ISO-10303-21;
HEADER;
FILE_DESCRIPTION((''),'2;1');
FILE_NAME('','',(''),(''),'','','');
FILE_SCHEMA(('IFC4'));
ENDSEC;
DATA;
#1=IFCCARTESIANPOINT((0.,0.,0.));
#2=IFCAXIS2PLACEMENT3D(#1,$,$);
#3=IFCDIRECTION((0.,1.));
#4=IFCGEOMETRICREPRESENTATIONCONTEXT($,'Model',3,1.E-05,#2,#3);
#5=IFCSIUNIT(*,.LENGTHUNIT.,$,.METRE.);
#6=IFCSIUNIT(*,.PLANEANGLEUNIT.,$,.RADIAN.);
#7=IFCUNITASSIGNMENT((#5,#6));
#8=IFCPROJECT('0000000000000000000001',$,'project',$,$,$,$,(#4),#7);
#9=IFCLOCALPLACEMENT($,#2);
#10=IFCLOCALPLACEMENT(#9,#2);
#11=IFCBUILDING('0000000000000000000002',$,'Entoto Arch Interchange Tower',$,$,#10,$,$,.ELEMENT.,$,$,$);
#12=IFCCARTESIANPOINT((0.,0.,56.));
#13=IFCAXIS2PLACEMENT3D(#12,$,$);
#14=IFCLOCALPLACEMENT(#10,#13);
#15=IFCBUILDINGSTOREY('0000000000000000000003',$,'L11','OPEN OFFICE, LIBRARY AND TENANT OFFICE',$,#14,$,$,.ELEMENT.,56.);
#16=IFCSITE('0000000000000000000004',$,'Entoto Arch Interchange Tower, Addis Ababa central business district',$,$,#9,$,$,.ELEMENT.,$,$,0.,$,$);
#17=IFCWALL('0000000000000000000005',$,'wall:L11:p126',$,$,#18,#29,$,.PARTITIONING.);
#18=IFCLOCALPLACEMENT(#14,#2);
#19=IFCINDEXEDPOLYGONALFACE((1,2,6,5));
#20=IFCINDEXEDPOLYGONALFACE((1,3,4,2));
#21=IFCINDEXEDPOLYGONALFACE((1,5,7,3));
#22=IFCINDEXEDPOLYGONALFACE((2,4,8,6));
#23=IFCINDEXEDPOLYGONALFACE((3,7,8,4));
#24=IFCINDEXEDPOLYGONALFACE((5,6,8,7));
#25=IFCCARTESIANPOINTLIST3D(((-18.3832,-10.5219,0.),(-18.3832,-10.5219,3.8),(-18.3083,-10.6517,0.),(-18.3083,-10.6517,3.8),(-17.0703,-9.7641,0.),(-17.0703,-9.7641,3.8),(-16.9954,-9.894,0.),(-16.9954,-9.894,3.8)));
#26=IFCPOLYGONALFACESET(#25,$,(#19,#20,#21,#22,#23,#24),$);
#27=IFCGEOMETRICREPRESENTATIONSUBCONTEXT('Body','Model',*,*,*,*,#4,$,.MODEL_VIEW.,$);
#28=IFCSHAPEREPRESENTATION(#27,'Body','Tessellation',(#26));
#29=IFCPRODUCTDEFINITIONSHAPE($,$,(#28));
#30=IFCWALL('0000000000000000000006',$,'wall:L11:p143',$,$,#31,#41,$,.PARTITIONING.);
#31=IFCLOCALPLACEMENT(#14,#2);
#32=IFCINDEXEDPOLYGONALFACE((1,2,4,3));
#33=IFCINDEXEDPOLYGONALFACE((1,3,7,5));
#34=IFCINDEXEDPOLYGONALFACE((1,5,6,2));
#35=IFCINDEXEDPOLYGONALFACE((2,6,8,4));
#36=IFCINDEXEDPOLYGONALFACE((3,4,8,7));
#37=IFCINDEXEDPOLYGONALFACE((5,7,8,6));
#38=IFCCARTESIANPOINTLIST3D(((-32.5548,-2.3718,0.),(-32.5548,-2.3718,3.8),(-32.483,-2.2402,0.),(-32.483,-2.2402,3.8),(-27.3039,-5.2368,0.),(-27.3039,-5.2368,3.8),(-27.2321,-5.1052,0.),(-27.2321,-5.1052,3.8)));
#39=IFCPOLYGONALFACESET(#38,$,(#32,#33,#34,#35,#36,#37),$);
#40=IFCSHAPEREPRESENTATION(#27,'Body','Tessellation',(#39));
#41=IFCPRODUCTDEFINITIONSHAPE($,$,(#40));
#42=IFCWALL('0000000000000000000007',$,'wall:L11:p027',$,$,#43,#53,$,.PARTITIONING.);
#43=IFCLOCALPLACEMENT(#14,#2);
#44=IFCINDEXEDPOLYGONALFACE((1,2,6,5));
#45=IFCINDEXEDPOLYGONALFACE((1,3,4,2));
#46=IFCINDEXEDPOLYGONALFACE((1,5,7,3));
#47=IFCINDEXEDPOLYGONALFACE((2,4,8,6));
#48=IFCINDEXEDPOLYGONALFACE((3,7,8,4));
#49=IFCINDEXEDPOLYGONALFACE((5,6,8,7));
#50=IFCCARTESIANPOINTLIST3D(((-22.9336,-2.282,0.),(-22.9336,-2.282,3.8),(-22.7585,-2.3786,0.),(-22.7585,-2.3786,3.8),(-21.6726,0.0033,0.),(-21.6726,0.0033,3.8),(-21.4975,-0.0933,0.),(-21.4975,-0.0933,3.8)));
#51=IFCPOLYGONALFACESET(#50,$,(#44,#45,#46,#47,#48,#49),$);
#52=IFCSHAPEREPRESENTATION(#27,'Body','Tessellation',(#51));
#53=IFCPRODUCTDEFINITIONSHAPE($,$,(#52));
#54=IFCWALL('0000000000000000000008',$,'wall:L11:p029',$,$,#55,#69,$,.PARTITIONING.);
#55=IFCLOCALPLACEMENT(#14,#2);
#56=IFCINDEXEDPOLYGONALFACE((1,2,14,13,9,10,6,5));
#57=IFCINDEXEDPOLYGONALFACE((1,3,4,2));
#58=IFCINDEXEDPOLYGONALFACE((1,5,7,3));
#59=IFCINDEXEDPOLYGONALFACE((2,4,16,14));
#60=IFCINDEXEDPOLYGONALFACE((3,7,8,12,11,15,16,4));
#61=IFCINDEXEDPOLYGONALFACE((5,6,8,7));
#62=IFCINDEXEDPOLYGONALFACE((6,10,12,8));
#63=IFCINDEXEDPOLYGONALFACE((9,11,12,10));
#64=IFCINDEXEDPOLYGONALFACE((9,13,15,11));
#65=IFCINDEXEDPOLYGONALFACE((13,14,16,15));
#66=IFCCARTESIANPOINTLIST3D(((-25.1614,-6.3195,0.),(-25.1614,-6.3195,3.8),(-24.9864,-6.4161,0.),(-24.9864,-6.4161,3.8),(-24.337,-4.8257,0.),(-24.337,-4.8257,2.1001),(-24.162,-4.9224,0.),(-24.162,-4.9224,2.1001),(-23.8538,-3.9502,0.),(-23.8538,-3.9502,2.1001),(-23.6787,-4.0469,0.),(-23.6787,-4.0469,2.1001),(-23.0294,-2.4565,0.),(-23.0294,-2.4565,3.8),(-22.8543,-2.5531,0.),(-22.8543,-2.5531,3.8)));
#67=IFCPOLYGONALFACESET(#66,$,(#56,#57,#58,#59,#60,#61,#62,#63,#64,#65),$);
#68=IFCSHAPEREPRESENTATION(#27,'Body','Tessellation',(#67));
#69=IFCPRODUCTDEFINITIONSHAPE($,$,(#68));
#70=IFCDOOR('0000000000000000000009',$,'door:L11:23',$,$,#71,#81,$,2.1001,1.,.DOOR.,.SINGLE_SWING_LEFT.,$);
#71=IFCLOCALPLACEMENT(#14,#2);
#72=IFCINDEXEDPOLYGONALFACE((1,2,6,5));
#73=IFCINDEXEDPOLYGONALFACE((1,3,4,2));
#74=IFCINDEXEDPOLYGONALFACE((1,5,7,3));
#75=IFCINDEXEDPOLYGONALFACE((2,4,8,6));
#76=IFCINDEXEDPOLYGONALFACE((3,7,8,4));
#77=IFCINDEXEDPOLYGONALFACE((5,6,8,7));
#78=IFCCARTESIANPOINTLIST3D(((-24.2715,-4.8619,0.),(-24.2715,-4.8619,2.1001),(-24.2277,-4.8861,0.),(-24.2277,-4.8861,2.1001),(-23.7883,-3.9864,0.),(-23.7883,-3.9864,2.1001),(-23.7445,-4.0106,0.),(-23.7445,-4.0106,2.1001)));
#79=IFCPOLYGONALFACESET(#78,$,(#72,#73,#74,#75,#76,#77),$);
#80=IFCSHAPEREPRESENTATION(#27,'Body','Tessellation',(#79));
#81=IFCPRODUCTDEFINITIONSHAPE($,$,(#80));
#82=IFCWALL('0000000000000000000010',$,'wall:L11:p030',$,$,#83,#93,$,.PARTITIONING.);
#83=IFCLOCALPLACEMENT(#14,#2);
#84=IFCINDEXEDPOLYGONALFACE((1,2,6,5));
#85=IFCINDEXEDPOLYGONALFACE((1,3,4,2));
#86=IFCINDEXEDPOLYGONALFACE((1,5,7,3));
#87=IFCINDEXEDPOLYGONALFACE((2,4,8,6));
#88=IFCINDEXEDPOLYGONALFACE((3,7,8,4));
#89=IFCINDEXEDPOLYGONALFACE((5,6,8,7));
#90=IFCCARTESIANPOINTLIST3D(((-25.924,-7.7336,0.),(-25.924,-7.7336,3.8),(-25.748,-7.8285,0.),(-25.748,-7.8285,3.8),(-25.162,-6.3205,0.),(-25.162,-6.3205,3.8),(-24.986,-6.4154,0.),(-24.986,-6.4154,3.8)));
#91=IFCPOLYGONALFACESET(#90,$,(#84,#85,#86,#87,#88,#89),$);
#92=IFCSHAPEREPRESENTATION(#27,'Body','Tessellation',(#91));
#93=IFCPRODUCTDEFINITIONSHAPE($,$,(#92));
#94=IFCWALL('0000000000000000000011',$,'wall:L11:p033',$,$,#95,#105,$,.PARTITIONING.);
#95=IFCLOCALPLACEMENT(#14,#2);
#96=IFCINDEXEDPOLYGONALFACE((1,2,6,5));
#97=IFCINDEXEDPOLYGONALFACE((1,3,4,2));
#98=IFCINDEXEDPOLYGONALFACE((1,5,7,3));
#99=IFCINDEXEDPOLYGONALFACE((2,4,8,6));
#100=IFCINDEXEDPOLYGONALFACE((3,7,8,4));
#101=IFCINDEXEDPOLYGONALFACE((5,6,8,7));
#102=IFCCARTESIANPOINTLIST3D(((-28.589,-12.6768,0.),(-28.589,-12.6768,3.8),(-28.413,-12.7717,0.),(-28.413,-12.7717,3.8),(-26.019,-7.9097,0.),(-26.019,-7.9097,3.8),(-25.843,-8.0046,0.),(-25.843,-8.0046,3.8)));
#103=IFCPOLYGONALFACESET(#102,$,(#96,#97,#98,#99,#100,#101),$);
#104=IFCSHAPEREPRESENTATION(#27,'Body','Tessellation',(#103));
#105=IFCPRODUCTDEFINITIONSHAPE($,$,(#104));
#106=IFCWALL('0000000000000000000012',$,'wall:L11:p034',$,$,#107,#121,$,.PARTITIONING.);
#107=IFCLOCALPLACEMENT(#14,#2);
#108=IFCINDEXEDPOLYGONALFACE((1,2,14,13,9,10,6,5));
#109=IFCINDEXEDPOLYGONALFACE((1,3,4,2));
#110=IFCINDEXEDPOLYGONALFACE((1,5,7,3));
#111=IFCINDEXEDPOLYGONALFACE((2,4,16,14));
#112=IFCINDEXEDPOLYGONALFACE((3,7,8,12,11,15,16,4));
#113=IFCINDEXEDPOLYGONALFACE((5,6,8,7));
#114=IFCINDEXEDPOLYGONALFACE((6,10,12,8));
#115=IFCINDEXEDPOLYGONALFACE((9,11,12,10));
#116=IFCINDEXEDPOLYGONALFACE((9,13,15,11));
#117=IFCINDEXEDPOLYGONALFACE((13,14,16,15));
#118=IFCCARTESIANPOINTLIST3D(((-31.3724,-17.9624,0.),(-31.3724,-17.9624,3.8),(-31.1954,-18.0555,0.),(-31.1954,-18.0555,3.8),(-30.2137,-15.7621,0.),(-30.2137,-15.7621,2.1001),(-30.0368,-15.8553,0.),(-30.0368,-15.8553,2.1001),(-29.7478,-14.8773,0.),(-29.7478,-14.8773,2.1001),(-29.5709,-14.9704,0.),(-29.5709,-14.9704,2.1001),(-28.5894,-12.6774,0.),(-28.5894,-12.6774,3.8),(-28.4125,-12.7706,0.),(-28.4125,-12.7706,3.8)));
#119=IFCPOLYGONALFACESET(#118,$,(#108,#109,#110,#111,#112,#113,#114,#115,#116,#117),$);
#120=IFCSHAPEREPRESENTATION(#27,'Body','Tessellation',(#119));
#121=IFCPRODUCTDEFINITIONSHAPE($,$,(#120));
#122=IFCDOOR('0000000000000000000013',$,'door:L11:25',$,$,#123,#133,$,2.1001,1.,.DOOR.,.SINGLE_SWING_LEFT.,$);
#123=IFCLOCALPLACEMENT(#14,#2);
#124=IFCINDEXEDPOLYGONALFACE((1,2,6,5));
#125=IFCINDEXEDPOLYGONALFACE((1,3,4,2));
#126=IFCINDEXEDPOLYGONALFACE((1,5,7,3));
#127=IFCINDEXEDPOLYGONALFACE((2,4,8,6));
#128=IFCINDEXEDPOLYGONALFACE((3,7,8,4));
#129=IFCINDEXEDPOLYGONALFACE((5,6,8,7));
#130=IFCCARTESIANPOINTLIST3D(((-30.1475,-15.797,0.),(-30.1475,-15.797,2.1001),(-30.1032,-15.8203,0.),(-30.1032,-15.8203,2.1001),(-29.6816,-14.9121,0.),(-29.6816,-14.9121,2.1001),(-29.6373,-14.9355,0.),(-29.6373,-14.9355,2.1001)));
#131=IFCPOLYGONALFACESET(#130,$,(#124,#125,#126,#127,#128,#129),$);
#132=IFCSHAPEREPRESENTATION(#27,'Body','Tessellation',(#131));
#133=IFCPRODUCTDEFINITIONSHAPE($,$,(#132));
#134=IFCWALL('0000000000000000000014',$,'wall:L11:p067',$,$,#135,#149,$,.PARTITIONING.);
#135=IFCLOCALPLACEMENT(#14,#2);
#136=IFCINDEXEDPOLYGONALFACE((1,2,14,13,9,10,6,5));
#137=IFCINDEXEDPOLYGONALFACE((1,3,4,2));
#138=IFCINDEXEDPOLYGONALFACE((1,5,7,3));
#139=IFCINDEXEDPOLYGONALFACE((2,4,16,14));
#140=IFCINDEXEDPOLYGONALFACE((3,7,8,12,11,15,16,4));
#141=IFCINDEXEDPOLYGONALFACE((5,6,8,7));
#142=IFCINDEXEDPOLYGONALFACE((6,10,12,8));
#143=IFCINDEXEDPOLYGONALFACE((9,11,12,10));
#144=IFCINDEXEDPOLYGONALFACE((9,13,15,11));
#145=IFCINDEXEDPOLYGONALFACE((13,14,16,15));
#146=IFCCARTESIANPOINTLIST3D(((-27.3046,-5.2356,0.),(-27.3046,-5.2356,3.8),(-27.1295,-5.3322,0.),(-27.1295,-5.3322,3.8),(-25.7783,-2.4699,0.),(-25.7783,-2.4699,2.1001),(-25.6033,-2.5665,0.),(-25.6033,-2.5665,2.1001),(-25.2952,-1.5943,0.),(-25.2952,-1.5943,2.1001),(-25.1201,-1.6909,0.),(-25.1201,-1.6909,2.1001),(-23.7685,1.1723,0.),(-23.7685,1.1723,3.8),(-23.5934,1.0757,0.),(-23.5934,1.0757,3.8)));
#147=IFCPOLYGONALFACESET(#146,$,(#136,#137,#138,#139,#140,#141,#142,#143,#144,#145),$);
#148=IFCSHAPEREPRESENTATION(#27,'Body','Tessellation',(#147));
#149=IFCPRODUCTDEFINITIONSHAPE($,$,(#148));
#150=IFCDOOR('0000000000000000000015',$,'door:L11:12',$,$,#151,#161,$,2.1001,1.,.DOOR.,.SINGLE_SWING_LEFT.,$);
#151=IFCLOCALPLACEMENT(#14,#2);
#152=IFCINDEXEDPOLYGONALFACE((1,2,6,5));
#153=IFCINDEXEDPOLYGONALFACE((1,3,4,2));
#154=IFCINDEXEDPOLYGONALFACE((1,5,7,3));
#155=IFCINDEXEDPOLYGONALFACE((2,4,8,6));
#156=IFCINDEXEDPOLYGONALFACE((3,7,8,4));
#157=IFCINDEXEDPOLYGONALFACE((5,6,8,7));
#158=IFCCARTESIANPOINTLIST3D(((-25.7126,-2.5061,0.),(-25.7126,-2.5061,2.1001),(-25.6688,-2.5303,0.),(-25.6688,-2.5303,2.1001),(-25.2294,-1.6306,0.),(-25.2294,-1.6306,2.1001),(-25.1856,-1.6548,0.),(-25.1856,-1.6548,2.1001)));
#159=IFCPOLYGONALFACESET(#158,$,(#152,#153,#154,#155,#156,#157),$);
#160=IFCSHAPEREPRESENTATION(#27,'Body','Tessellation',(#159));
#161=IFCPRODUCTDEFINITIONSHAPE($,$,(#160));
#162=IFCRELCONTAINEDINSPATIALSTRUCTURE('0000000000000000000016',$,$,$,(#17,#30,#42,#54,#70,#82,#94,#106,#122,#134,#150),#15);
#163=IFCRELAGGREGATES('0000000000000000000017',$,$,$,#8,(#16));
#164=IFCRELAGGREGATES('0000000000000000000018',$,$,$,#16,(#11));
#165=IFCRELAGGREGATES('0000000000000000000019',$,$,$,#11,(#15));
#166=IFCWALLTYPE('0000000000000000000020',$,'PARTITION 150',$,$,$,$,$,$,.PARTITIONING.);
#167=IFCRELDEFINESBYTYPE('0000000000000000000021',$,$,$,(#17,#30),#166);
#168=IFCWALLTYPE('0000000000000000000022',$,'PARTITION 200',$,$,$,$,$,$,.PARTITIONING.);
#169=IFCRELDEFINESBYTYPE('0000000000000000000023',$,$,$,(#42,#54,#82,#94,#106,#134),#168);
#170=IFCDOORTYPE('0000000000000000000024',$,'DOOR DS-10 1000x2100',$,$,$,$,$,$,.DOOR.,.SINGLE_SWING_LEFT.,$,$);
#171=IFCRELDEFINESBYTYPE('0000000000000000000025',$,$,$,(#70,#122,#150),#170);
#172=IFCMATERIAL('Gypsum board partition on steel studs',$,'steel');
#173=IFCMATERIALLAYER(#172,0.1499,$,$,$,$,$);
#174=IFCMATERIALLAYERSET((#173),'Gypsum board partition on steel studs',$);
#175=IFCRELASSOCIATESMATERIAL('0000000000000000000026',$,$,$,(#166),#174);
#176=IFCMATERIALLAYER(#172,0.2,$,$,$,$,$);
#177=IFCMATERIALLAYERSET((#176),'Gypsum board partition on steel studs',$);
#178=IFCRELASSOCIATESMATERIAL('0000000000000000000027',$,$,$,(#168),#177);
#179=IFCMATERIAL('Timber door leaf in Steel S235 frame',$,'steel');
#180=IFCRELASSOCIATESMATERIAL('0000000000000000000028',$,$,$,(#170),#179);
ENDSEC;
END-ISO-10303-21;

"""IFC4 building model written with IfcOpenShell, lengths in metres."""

from ifc_helpers import new_model, si_unit, direction, frame, frame_2d, origin, place, context, subcontext, project, spatial, rectangle, extrude, material, layer, layer_set, type_object, element, fill, save


model = new_model("IFC4")

# Units and contexts
model_context = context("Model", 3, precision=1e-05, world=origin(), true_north=direction((0.0, 1.0)))
body_context = subcontext(model_context, "Body", "Model", "MODEL_VIEW")
ifc_project = project(units=[si_unit("LENGTHUNIT", "METRE"), si_unit("PLANEANGLEUNIT", "RADIAN")], contexts=[model_context])

# Site, building, storey
site_placement = place(None, origin())
site = spatial("IfcSite", under=ifc_project, at=site_placement, Name="Entoto Arch Interchange Tower, Addis Ababa central business district", CompositionType="ELEMENT", RefElevation=0.0)
building_placement = place(site_placement, origin())
building = spatial("IfcBuilding", under=site, at=building_placement, Name="Entoto Arch Interchange Tower", CompositionType="ELEMENT")
storey_placement = place(building_placement, frame((0.0, 0.0, 56.0)))
storey = spatial("IfcBuildingStorey", under=building, at=storey_placement, Name="L11", Description="OPEN OFFICE, LIBRARY AND TENANT OFFICE", CompositionType="ELEMENT", Elevation=56.0)

# Walls
ifc_material_1 = material(Name="Gypsum board partition on steel studs", Category="steel")
ifc_layer_1 = layer(ifc_material_1, 0.1499)
ifc_layer_set_1 = layer_set([ifc_layer_1], Name="Gypsum board partition on steel studs")
wall_type_1 = type_object("IfcWallType", Name="PARTITION 150", PredefinedType="PARTITIONING", material=ifc_layer_set_1)
wall_1_placement = place(storey_placement, frame((-17.033, -9.8291, 0.0), z_axis=(0.0, 0.0, 1.0), x_axis=(-0.866094, -0.49988, 0.0)))
element("IfcWall", 1, at=wall_1_placement, inside=storey, type_object=wall_type_1, Name="wall:L11:p126", PredefinedType="PARTITIONING", context=body_context, shape_type="SweptSolid", body=[
    extrude(rectangle(XDim=1.5159, YDim=0.1499, at=frame_2d((0.7578, 0.0))), origin(), (0.0, 0.0, 1.0), 3.8),
])
wall_2_placement = place(storey_placement, frame((-27.2681, -5.1709, 0.0), z_axis=(0.0, 0.0, 1.0), x_axis=(-0.877838, 0.478958, 0.0)))
element("IfcWall", 2, at=wall_2_placement, inside=storey, type_object=wall_type_1, Name="wall:L11:p143", PredefinedType="PARTITIONING", context=body_context, shape_type="SweptSolid", body=[
    extrude(rectangle(XDim=5.9817, YDim=0.1499, at=frame_2d((2.9907, 0.0))), origin(), (0.0, 0.0, 1.0), 3.8),
])
ifc_layer_2 = layer(ifc_material_1, 0.2)
ifc_layer_set_2 = layer_set([ifc_layer_2], Name="Gypsum board partition on steel studs")
wall_type_2 = type_object("IfcWallType", Name="PARTITION 200", PredefinedType="PARTITIONING", material=ifc_layer_set_2)
wall_3_placement = place(storey_placement, frame((-21.585, -0.0449, 0.0), z_axis=(0.0, 0.0, 1.0), x_axis=(-0.483139, -0.875544, 0.0)))
element("IfcWall", 3, at=wall_3_placement, inside=storey, type_object=wall_type_2, Name="wall:L11:p027", PredefinedType="PARTITIONING", context=body_context, shape_type="SweptSolid", body=[
    extrude(rectangle(XDim=2.6101, YDim=0.2, at=frame_2d((1.3052, 0.0))), origin(), (0.0, 0.0, 1.0), 3.8),
])

# Wall, opening, door
wall_4_placement = place(storey_placement, frame((-22.9419, -2.5049, 0.0), z_axis=(0.0, 0.0, 1.0), x_axis=(-0.483208, -0.875506, 0.0)))
wall_4 = element("IfcWall", 4, at=wall_4_placement, inside=storey, type_object=wall_type_2, Name="wall:L11:p029", PredefinedType="PARTITIONING", context=body_context, shape_type="SweptSolid", body=[
    extrude(rectangle(XDim=4.4124, YDim=0.2, at=frame_2d((2.2061, 0.0))), origin(), (0.0, 0.0, 1.0), 3.8),
])
opening_1_placement = place(wall_4_placement, frame((1.7061, 0.0, 0.0)))
opening_1 = element("IfcOpeningElement", 5, at=opening_1_placement, cuts=wall_4, PredefinedType="OPENING", context=body_context, shape_type="SweptSolid", body=[
    extrude(rectangle(XDim=1.0, YDim=2.1001, at=frame_2d((0.5, 1.05))), frame((0.0, 0.1099, 0.0), z_axis=(0.0, -1.0, 0.0), x_axis=(1.0, 0.0, 0.0)), (0.0, 0.0, 1.0), 0.22),
])
ifc_material_2 = material(Name="Timber door leaf in Steel S235 frame", Category="steel")
door_type = type_object("IfcDoorType", Name="DOOR DS-10 1000x2100", OperationType="SINGLE_SWING_LEFT", PredefinedType="DOOR", material=ifc_material_2)
door_1_placement = place(opening_1_placement, origin())
door_1 = element("IfcDoor", 6, at=door_1_placement, inside=storey, type_object=door_type, Name="door:L11:23", OperationType="SINGLE_SWING_LEFT", OverallHeight=2.1001, OverallWidth=1.0, PredefinedType="DOOR", context=body_context, shape_type="SweptSolid", body=[
    extrude(rectangle(XDim=1.0, YDim=2.1001, at=frame_2d((0.5, 1.05))), frame((0.0, 0.0249, 0.0), z_axis=(0.0, -1.0, 0.0), x_axis=(1.0, 0.0, 0.0)), (0.0, 0.0, 1.0), 0.05),
])
fill(opening_1, door_1)

# Walls
wall_5_placement = place(storey_placement, frame((-25.074, -6.3679, 0.0), z_axis=(0.0, 0.0, 1.0), x_axis=(-0.474617, -0.880193, 0.0)))
element("IfcWall", 7, at=wall_5_placement, inside=storey, type_object=wall_type_2, Name="wall:L11:p030", PredefinedType="PARTITIONING", context=body_context, shape_type="SweptSolid", body=[
    extrude(rectangle(XDim=1.6055, YDim=0.2, at=frame_2d((0.8027, 0.0))), origin(), (0.0, 0.0, 1.0), 3.8),
])
wall_6_placement = place(storey_placement, frame((-25.9309, -7.957, 0.0), z_axis=(0.0, 0.0, 1.0), x_axis=(-0.474554, -0.880226, 0.0)))
element("IfcWall", 8, at=wall_6_placement, inside=storey, type_object=wall_type_2, Name="wall:L11:p033", PredefinedType="PARTITIONING", context=body_context, shape_type="SweptSolid", body=[
    extrude(rectangle(XDim=5.4158, YDim=0.2, at=frame_2d((2.708, 0.0))), origin(), (0.0, 0.0, 1.0), 3.8),
])

# Walls, openings, doors
wall_7_placement = place(storey_placement, frame((-28.501, -12.7241, 0.0), z_axis=(0.0, 0.0, 1.0), x_axis=(-0.465933, -0.88482, 0.0)))
wall_7 = element("IfcWall", 9, at=wall_7_placement, inside=storey, type_object=wall_type_2, Name="wall:L11:p034", PredefinedType="PARTITIONING", context=body_context, shape_type="SweptSolid", body=[
    extrude(rectangle(XDim=5.9729, YDim=0.2, at=frame_2d((2.9863, 0.0))), origin(), (0.0, 0.0, 1.0), 3.8),
])
opening_2_placement = place(wall_7_placement, frame((2.4861, 0.0, 0.0)))
opening_2 = element("IfcOpeningElement", 10, at=opening_2_placement, cuts=wall_7, PredefinedType="OPENING", context=body_context, shape_type="SweptSolid", body=[
    extrude(rectangle(XDim=1.0, YDim=2.1001, at=frame_2d((0.5, 1.05))), frame((0.0, 0.1099, 0.0), z_axis=(0.0, -1.0, 0.0), x_axis=(1.0, 0.0, 0.0)), (0.0, 0.0, 1.0), 0.22),
])
door_2_placement = place(opening_2_placement, origin())
door_2 = element("IfcDoor", 11, at=door_2_placement, inside=storey, type_object=door_type, Name="door:L11:25", OperationType="SINGLE_SWING_LEFT", OverallHeight=2.1001, OverallWidth=1.0, PredefinedType="DOOR", context=body_context, shape_type="SweptSolid", body=[
    extrude(rectangle(XDim=1.0, YDim=2.1001, at=frame_2d((0.5, 1.05))), frame((0.0, 0.0249, 0.0), z_axis=(0.0, -1.0, 0.0), x_axis=(1.0, 0.0, 0.0)), (0.0, 0.0, 1.0), 0.05),
])
fill(opening_2, door_2)
wall_8_placement = place(storey_placement, frame((-27.217, -5.2839, 0.0), z_axis=(0.0, 0.0, 1.0), x_axis=(0.483151, 0.875537, 0.0)))
wall_8 = element("IfcWall", 12, at=wall_8_placement, inside=storey, type_object=wall_type_2, Name="wall:L11:p067", PredefinedType="PARTITIONING", context=body_context, shape_type="SweptSolid", body=[
    extrude(rectangle(XDim=7.3188, YDim=0.2, at=frame_2d((3.6594, 0.0))), origin(), (0.0, 0.0, 1.0), 3.8),
])
opening_3_placement = place(wall_8_placement, frame((3.1589, 0.0, 0.0)))
opening_3 = element("IfcOpeningElement", 13, at=opening_3_placement, cuts=wall_8, PredefinedType="OPENING", context=body_context, shape_type="SweptSolid", body=[
    extrude(rectangle(XDim=1.0, YDim=2.1001, at=frame_2d((0.5, 1.05))), frame((0.0, 0.1099, 0.0), z_axis=(0.0, -1.0, 0.0), x_axis=(1.0, 0.0, 0.0)), (0.0, 0.0, 1.0), 0.22),
])
door_3_placement = place(opening_3_placement, origin())
door_3 = element("IfcDoor", 14, at=door_3_placement, inside=storey, type_object=door_type, Name="door:L11:12", OperationType="SINGLE_SWING_LEFT", OverallHeight=2.1001, OverallWidth=1.0, PredefinedType="DOOR", context=body_context, shape_type="SweptSolid", body=[
    extrude(rectangle(XDim=1.0, YDim=2.1001, at=frame_2d((0.5, 1.05))), frame((0.0, 0.0249, 0.0), z_axis=(0.0, -1.0, 0.0), x_axis=(1.0, 0.0, 0.0)), (0.0, 0.0, 1.0), 0.05),
])
fill(opening_3, door_3)

save(model, "model.ifc")
